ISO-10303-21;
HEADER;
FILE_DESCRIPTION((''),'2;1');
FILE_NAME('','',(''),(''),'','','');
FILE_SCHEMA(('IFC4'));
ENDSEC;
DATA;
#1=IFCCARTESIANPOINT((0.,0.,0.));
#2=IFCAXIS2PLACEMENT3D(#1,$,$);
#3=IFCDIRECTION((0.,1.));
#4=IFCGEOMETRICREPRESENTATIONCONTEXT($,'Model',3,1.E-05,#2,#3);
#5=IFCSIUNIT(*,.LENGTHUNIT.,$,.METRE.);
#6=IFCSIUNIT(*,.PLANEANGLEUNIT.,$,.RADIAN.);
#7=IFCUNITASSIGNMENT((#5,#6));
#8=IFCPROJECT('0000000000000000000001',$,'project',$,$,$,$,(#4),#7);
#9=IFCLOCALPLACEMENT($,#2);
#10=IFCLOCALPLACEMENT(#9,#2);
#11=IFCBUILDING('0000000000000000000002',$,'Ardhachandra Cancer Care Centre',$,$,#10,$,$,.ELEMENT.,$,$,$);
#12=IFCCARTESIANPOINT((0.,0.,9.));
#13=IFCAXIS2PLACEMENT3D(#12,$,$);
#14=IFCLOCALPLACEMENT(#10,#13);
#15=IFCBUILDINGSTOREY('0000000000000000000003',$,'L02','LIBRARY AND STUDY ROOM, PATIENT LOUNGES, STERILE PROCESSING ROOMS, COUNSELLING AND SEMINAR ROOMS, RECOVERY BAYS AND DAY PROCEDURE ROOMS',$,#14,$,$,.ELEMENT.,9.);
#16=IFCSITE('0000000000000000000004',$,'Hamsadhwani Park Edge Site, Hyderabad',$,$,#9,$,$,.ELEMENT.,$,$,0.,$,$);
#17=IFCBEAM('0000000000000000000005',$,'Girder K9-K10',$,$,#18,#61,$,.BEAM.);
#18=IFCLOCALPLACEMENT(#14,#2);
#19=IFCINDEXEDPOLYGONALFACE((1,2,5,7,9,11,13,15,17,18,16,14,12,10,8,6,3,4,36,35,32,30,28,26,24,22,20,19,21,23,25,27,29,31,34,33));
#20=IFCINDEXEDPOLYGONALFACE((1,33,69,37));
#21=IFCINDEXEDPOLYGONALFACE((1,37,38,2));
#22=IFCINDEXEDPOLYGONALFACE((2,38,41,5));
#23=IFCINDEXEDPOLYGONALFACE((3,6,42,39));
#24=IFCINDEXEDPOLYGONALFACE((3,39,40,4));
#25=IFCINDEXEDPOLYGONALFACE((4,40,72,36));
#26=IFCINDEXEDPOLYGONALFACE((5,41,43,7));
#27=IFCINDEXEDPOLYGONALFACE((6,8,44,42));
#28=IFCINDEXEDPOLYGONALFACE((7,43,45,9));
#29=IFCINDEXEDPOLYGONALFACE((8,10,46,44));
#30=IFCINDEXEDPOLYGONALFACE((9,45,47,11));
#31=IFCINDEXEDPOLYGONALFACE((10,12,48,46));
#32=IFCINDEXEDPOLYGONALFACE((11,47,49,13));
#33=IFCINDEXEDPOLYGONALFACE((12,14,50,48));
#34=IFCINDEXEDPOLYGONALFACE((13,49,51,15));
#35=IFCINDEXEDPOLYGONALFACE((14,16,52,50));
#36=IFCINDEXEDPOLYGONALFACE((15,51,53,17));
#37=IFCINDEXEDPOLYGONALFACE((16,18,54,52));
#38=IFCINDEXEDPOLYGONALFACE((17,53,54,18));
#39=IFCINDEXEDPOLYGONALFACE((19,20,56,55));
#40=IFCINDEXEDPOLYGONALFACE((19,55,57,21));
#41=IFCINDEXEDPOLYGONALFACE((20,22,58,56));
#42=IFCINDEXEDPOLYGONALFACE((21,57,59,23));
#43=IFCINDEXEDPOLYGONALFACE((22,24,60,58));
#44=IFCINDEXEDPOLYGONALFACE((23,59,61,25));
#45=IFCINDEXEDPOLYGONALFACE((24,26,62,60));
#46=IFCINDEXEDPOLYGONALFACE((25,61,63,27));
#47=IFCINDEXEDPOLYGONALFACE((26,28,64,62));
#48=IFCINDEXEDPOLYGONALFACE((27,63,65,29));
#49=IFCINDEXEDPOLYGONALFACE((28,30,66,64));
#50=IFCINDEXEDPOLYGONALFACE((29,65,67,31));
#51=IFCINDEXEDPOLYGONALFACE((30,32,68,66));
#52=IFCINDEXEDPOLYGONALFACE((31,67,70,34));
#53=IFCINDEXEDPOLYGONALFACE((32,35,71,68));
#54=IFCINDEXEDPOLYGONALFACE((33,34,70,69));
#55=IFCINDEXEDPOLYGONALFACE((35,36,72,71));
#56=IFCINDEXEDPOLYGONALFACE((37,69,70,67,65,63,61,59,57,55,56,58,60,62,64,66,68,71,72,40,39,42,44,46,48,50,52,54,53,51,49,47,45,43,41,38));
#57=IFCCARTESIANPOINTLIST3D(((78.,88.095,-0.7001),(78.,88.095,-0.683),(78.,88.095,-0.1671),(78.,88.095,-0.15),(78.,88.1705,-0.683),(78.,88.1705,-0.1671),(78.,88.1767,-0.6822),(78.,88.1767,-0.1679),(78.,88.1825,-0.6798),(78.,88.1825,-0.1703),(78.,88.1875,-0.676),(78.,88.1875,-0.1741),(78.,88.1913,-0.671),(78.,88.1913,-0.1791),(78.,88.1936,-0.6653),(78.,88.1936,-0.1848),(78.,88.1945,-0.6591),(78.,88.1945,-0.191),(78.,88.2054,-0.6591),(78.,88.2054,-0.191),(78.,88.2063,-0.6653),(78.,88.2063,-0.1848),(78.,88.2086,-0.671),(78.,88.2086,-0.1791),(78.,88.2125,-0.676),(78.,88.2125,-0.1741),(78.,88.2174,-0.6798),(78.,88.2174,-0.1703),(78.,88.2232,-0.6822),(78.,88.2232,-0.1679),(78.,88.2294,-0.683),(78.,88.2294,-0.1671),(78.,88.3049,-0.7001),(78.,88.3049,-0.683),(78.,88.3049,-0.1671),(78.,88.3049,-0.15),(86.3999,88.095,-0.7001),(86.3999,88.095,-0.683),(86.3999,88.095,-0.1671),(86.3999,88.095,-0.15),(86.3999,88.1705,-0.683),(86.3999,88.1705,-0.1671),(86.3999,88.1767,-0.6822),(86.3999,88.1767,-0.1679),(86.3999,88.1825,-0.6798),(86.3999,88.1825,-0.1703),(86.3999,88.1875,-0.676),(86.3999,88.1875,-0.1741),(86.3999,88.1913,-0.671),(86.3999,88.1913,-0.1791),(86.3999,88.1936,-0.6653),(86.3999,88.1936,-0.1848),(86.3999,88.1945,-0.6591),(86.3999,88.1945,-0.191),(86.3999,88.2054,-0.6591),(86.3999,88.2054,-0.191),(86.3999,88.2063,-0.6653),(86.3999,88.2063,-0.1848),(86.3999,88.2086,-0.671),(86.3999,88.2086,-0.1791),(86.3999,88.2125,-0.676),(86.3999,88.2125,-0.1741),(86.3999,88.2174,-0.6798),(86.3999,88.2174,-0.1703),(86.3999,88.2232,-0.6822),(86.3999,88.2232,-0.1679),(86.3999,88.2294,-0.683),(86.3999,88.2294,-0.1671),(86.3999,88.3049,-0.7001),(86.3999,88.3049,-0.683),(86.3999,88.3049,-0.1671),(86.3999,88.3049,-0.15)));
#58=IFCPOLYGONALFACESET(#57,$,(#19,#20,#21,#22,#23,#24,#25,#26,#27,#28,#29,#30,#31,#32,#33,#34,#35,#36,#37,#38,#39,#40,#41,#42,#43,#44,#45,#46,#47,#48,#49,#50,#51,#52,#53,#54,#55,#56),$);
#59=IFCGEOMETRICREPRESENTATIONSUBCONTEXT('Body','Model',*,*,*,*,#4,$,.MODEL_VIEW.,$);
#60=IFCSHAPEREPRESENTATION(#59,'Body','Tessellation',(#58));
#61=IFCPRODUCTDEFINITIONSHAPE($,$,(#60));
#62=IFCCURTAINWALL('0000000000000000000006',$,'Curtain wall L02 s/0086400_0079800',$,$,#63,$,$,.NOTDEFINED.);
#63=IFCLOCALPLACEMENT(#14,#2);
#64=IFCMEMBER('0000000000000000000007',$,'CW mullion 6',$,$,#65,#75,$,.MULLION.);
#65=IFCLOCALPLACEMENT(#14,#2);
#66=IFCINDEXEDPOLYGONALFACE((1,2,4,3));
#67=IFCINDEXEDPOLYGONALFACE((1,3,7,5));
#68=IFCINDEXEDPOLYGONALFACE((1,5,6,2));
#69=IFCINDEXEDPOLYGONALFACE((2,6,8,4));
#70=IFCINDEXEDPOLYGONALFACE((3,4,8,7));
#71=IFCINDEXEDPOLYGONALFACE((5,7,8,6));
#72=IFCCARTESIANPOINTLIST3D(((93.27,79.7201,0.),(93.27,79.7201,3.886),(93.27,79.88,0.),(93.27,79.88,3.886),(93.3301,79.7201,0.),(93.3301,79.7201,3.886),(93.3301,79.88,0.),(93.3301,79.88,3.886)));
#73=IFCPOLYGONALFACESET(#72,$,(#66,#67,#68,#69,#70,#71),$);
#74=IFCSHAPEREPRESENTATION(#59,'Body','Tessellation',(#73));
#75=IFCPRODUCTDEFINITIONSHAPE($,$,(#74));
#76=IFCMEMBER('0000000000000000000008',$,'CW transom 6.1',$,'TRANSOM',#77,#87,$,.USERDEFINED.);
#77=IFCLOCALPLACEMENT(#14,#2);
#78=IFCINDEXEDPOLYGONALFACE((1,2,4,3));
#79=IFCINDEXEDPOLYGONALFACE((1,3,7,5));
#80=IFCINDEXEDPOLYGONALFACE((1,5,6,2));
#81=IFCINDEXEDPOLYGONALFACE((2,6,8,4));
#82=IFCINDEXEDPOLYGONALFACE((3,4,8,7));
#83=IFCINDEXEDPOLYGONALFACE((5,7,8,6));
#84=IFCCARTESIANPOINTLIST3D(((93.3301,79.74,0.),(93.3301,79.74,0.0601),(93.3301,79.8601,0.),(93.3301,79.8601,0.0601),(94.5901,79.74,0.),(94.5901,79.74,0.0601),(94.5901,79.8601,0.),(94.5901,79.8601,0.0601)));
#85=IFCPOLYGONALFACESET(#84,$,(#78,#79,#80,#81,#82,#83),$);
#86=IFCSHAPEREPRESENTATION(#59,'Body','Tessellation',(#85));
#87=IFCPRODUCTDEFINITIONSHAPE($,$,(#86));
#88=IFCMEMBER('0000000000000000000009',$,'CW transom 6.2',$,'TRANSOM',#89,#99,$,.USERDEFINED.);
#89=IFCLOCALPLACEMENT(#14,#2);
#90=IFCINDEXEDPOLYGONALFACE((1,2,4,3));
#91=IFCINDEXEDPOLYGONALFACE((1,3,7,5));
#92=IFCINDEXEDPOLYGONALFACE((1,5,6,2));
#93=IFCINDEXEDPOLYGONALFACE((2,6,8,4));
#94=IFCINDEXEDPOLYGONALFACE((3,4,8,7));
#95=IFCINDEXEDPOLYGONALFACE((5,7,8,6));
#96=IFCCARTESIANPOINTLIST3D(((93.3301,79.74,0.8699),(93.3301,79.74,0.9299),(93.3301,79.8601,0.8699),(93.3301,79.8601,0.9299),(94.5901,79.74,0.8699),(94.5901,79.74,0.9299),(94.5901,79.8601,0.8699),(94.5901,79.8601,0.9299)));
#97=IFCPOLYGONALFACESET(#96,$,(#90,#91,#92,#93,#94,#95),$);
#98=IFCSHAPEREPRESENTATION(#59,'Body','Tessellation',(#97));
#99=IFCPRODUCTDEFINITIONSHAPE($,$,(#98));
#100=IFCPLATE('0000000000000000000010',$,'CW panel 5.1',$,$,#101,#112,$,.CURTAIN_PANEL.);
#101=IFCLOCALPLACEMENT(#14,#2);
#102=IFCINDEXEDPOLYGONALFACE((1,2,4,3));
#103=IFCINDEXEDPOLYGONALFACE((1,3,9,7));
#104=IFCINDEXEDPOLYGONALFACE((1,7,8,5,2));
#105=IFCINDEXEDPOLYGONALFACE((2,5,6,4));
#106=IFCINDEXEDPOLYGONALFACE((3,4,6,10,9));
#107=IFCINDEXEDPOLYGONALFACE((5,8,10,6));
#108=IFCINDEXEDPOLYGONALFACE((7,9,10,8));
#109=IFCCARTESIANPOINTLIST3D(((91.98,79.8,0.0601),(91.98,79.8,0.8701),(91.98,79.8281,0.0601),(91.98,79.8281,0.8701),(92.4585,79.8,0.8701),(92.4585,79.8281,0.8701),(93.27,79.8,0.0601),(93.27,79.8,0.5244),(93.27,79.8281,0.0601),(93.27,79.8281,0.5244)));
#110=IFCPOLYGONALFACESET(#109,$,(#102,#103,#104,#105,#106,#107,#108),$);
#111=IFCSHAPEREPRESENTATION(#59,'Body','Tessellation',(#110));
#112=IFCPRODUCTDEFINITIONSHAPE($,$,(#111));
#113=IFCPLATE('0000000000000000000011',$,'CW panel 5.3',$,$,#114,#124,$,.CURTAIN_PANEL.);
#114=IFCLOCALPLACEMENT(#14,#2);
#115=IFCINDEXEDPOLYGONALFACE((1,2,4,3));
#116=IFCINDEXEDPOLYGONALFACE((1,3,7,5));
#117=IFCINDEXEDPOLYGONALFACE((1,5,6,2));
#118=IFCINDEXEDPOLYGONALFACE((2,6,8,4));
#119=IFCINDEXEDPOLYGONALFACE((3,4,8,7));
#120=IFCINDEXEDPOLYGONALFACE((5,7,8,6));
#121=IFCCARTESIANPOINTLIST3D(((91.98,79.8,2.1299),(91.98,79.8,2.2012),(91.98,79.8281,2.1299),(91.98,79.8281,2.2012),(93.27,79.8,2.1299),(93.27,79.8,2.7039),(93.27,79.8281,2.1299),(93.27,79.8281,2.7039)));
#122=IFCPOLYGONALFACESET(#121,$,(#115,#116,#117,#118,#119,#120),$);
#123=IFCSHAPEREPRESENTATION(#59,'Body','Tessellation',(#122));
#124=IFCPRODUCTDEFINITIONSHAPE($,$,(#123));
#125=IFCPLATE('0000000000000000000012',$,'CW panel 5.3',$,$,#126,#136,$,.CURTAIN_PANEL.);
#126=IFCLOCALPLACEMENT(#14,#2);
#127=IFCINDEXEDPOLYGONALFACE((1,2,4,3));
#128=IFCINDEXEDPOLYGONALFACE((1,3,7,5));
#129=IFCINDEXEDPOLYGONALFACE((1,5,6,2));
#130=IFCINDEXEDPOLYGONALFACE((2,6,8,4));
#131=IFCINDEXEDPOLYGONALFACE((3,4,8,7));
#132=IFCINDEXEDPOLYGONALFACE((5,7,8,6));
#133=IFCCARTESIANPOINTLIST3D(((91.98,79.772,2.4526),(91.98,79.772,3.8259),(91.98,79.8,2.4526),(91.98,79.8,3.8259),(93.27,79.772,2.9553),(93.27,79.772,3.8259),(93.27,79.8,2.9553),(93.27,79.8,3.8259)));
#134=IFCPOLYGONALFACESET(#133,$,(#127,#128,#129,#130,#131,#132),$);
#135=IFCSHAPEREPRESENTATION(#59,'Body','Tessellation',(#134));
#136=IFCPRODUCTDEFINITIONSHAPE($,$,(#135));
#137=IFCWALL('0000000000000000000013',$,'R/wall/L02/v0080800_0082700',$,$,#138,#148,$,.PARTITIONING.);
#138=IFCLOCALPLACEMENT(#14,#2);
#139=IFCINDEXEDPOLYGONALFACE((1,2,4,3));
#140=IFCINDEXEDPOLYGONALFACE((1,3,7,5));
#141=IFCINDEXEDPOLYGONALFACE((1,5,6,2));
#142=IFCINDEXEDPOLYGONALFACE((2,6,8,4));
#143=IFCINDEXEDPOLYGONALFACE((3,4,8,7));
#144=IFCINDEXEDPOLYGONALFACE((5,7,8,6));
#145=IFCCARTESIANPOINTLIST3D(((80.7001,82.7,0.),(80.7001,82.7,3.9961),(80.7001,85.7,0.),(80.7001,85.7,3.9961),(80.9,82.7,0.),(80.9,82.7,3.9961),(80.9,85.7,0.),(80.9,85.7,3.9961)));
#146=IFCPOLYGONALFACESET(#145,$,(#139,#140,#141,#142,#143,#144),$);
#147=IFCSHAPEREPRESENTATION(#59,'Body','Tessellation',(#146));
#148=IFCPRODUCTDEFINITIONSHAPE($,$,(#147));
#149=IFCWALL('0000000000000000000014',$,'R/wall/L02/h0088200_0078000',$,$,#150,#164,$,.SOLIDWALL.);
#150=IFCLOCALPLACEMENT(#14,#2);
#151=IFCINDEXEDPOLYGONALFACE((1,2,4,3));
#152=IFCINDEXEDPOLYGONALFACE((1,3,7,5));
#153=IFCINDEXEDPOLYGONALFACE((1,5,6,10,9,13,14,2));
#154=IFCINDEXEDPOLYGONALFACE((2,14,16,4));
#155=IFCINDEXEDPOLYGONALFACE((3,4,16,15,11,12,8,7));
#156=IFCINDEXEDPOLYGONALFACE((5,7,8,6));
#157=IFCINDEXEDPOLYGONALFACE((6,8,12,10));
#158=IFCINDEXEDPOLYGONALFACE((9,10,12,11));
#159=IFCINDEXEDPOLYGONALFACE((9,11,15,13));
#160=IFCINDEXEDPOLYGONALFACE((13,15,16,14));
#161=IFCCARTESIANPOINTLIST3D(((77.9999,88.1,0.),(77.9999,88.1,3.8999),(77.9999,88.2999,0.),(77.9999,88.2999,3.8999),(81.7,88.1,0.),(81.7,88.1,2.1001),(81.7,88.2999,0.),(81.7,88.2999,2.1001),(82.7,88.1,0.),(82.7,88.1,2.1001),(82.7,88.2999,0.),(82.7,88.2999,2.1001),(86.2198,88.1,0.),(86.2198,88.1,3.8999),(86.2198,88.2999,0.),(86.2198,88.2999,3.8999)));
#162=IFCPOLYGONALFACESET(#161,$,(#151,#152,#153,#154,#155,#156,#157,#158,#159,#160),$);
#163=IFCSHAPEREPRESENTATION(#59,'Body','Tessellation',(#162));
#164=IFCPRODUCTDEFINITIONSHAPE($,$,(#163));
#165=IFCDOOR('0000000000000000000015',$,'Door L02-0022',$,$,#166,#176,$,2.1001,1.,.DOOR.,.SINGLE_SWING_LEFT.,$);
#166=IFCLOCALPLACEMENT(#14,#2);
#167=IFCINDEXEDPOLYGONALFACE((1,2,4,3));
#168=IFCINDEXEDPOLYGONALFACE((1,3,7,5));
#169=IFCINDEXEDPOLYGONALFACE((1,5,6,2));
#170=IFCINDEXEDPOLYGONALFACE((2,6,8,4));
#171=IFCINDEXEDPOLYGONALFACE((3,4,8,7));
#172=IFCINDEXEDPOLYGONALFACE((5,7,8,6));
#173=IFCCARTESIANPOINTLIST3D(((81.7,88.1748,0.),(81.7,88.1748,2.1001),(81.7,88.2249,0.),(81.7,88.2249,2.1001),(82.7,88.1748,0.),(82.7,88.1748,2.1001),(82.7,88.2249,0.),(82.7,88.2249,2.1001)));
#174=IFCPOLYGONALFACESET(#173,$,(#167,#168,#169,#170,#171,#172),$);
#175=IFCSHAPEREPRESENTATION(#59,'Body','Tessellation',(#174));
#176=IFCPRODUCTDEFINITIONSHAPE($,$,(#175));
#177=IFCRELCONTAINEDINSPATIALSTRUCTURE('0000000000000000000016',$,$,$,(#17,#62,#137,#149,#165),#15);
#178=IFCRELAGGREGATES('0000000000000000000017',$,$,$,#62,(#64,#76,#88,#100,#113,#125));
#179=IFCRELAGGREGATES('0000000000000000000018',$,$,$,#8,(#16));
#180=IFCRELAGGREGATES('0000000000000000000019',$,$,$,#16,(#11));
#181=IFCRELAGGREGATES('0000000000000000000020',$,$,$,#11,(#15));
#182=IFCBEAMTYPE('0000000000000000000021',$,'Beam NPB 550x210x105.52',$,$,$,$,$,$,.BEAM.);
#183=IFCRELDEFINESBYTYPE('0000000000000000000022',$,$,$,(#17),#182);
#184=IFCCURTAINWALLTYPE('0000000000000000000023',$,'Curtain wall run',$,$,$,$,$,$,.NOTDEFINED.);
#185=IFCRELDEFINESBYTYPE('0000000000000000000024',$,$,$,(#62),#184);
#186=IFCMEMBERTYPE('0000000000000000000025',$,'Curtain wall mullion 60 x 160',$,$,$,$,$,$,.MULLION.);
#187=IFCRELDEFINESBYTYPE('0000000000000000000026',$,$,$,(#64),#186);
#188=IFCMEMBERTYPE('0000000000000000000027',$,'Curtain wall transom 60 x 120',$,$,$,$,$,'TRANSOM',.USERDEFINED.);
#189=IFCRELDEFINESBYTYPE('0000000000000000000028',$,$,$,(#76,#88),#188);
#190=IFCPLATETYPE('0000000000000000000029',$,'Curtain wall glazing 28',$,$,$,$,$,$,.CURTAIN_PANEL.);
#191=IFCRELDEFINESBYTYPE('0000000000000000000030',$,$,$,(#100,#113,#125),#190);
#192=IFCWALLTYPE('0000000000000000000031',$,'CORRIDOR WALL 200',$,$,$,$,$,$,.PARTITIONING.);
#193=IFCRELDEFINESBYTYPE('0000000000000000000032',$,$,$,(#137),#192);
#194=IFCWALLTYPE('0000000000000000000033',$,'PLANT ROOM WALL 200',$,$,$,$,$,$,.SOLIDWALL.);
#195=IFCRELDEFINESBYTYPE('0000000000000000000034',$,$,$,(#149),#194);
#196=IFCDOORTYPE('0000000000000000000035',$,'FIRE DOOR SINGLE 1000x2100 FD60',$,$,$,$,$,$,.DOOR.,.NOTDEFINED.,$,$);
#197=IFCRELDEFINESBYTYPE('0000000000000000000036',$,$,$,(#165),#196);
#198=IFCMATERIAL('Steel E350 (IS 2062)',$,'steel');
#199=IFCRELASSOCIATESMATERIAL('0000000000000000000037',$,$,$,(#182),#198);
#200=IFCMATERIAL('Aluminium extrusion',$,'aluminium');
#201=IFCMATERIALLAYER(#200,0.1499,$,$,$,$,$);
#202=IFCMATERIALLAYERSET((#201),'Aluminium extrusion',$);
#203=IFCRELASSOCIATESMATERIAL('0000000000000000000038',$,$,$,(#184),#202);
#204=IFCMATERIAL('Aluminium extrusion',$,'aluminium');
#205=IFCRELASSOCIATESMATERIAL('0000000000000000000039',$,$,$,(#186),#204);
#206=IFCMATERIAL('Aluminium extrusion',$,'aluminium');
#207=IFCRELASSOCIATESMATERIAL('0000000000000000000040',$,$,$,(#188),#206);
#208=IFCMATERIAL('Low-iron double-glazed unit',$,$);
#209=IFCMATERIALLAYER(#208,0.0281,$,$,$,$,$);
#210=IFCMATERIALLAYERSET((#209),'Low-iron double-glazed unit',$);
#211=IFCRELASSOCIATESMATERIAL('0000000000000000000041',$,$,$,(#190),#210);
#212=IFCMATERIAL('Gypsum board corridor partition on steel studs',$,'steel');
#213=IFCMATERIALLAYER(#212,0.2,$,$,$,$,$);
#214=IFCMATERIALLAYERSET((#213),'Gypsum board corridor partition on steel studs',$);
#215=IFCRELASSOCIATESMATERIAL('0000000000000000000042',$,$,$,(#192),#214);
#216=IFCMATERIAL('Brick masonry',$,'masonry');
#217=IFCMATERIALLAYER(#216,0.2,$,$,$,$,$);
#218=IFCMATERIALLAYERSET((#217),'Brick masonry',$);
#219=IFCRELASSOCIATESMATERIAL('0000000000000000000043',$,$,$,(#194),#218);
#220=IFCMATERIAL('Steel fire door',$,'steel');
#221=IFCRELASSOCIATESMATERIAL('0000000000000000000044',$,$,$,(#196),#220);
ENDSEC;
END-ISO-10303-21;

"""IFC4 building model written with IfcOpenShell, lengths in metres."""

from ifc_helpers import new_model, si_unit, direction, frame, frame_2d, origin, origin_2d, place, context, subcontext, project, spatial, polyline, rectangle, i_section, outline, extrude, material, layer, layer_set, material_profile, profile_set, type_object, element, fill, aggregate, save


model = new_model("IFC4")

# Units and contexts
model_context = context("Model", 3, precision=1e-05, world=origin(), true_north=direction((0.0, 1.0)))
body_context = subcontext(model_context, "Body", "Model", "MODEL_VIEW")
ifc_project = project(units=[si_unit("LENGTHUNIT", "METRE"), si_unit("PLANEANGLEUNIT", "RADIAN")], contexts=[model_context])

# Site, building, storey
site_placement = place(None, origin())
site = spatial("IfcSite", under=ifc_project, at=site_placement, Name="Hamsadhwani Park Edge Site, Hyderabad", CompositionType="ELEMENT", RefElevation=0.0)
building_placement = place(site_placement, origin())
building = spatial("IfcBuilding", under=site, at=building_placement, Name="Ardhachandra Cancer Care Centre", CompositionType="ELEMENT")
storey_placement = place(building_placement, frame((0.0, 0.0, 9.0)))
storey = spatial("IfcBuildingStorey", under=building, at=storey_placement, Name="L02", Description="LIBRARY AND STUDY ROOM, PATIENT LOUNGES, STERILE PROCESSING ROOMS, COUNSELLING AND SEMINAR ROOMS, RECOVERY BAYS AND DAY PROCEDURE ROOMS", CompositionType="ELEMENT", Elevation=9.0)

# Beam
ifc_material_1 = material(Name="Steel E350 (IS 2062)", Category="steel")
ifc_material_profile_1 = material_profile(ifc_material_1, i_section(OverallWidth=0.21, OverallDepth=0.55, WebThickness=0.011, FlangeThickness=0.0171, FilletRadius=0.0239, at=origin_2d()), Name="NPB 550x210x105.52")
ifc_profile_set_1 = profile_set([ifc_material_profile_1], Name="Steel E350 (IS 2062)")
beam_type_1 = type_object("IfcBeamType", Name="Beam NPB 550x210x105.52", PredefinedType="BEAM", material=ifc_profile_set_1)
beam_placement = place(storey_placement, frame((78.0, 88.2, -0.425), z_axis=(1.0, 0.0, 0.0), x_axis=(0.0, 1.0, 0.0)))
element("IfcBeam", 1, at=beam_placement, inside=storey, type_object=beam_type_1, Name="Girder K9-K10", PredefinedType="BEAM", context=body_context, shape_type="SweptSolid", body=[
    extrude(i_section(OverallWidth=0.21, OverallDepth=0.55, WebThickness=0.011, FlangeThickness=0.0171, FilletRadius=0.0239, at=origin_2d()), origin(), (0.0, 0.0, 1.0), 8.3999),
])

# Curtain wall, members, plates
ifc_material_2 = material(Name="Aluminium extrusion", Category="aluminium")
ifc_layer_1 = layer(ifc_material_2, 0.1499)
ifc_layer_set_1 = layer_set([ifc_layer_1], Name="Aluminium extrusion")
curtain_wall_type = type_object("IfcCurtainWallType", Name="Curtain wall run", PredefinedType="NOTDEFINED", material=ifc_layer_set_1)
curtain_wall_placement = place(storey_placement, origin())
curtain_wall = element("IfcCurtainWall", 2, at=curtain_wall_placement, inside=storey, type_object=curtain_wall_type, Name="Curtain wall L02 s/0086400_0079800", PredefinedType="NOTDEFINED")
ifc_material_3 = material(Name="Aluminium extrusion", Category="aluminium")
ifc_material_profile_2 = material_profile(ifc_material_3, rectangle(XDim=0.1599, YDim=0.0601, at=origin_2d()), Name="Curtain wall mullion 60 x 160")
ifc_profile_set_2 = profile_set([ifc_material_profile_2], Name="Aluminium extrusion")
member_type_1 = type_object("IfcMemberType", Name="Curtain wall mullion 60 x 160", PredefinedType="MULLION", material=ifc_profile_set_2)
member_1_placement = place(storey_placement, frame((93.3, 79.8, 0.0), z_axis=(0.0, 0.0, 1.0), x_axis=(0.0, 1.0, 0.0)))
member_1 = element("IfcMember", 3, at=member_1_placement, type_object=member_type_1, Name="CW mullion 6", PredefinedType="MULLION", context=body_context, shape_type="SweptSolid", body=[
    extrude(rectangle(XDim=0.1599, YDim=0.0601, at=origin_2d()), origin(), (0.0, 0.0, 1.0), 3.886),
])
ifc_material_4 = material(Name="Aluminium extrusion", Category="aluminium")
ifc_material_profile_3 = material_profile(ifc_material_4, rectangle(XDim=0.1201, YDim=0.0601, at=origin_2d()), Name="Curtain wall transom 60 x 120")
ifc_profile_set_3 = profile_set([ifc_material_profile_3], Name="Aluminium extrusion")
member_type_2 = type_object("IfcMemberType", Name="Curtain wall transom 60 x 120", ElementType="TRANSOM", PredefinedType="USERDEFINED", material=ifc_profile_set_3)
member_2_placement = place(storey_placement, frame((93.3301, 79.8, 0.03), z_axis=(1.0, 0.0, 0.0), x_axis=(0.0, 1.0, 0.0)))
member_2 = element("IfcMember", 4, at=member_2_placement, type_object=member_type_2, Name="CW transom 6.1", ObjectType="TRANSOM", PredefinedType="USERDEFINED", context=body_context, shape_type="SweptSolid", body=[
    extrude(rectangle(XDim=0.1201, YDim=0.0601, at=origin_2d()), origin(), (0.0, 0.0, 1.0), 1.26),
])
member_3_placement = place(storey_placement, frame((93.3301, 79.8, 0.8999), z_axis=(1.0, 0.0, 0.0), x_axis=(0.0, 1.0, 0.0)))
member_3 = element("IfcMember", 5, at=member_3_placement, type_object=member_type_2, Name="CW transom 6.2", ObjectType="TRANSOM", PredefinedType="USERDEFINED", context=body_context, shape_type="SweptSolid", body=[
    extrude(rectangle(XDim=0.1201, YDim=0.0601, at=origin_2d()), origin(), (0.0, 0.0, 1.0), 1.26),
])
ifc_material_5 = material(Name="Low-iron double-glazed unit")
ifc_layer_2 = layer(ifc_material_5, 0.0281)
ifc_layer_set_2 = layer_set([ifc_layer_2], Name="Low-iron double-glazed unit")
plate_type = type_object("IfcPlateType", Name="Curtain wall glazing 28", PredefinedType="CURTAIN_PANEL", material=ifc_layer_set_2)
plate_1_placement = place(storey_placement, frame((93.27, 79.8, 0.0601), z_axis=(0.0, 1.0, 0.0), x_axis=(-1.0, 0.0, 0.0)))
plate_1 = element("IfcPlate", 6, at=plate_1_placement, type_object=plate_type, Name="CW panel 5.1", PredefinedType="CURTAIN_PANEL", context=body_context, shape_type="SweptSolid", body=[
    extrude(outline(polyline([(0.0, 0.0), (1.29, 0.0), (1.29, 0.8101), (0.8115, 0.8101), (0.0, 0.4644), (0.0, 0.0)])), origin(), (0.0, 0.0, 1.0), 0.0281),
])
plate_2_placement = place(storey_placement, frame((93.27, 79.8, 2.1299), z_axis=(0.0, 1.0, 0.0), x_axis=(-1.0, 0.0, 0.0)))
plate_2 = element("IfcPlate", 7, at=plate_2_placement, type_object=plate_type, Name="CW panel 5.3", PredefinedType="CURTAIN_PANEL", context=body_context, shape_type="SweptSolid", body=[
    extrude(outline(polyline([(0.0, 0.0), (1.29, 0.0), (1.29, 0.0713), (0.0, 0.574), (0.0, 0.0)])), origin(), (0.0, 0.0, 1.0), 0.0281),
])
plate_3_placement = place(storey_placement, frame((91.98, 79.8, 3.8259), z_axis=(0.0, 1.0, 0.0), x_axis=(1.0, 0.0, 0.0)))
plate_3 = element("IfcPlate", 8, at=plate_3_placement, type_object=plate_type, Name="CW panel 5.3", PredefinedType="CURTAIN_PANEL", context=body_context, shape_type="SweptSolid", body=[
    extrude(outline(polyline([(0.0, 0.0), (1.29, 0.0), (1.29, 0.8706), (0.0, 1.3733), (0.0, 0.0)])), frame((0.0, 0.0, -0.0281)), (0.0, 0.0, 1.0), 0.0281),
])
aggregate(curtain_wall, [member_1, member_2, member_3, plate_1, plate_2, plate_3])

# Wall
ifc_material_6 = material(Name="Gypsum board corridor partition on steel studs", Category="steel")
ifc_layer_3 = layer(ifc_material_6, 0.2)
ifc_layer_set_3 = layer_set([ifc_layer_3], Name="Gypsum board corridor partition on steel studs")
wall_type_1 = type_object("IfcWallType", Name="CORRIDOR WALL 200", PredefinedType="PARTITIONING", material=ifc_layer_set_3)
wall_1_placement = place(storey_placement, frame((80.8, 82.7, 0.0), z_axis=(0.0, 0.0, 1.0), x_axis=(0.0, 1.0, 0.0)))
element("IfcWall", 9, at=wall_1_placement, inside=storey, type_object=wall_type_1, Name="R/wall/L02/v0080800_0082700", PredefinedType="PARTITIONING", context=body_context, shape_type="SweptSolid", body=[
    extrude(rectangle(XDim=3.0, YDim=0.2, at=frame_2d((1.5, 0.0))), origin(), (0.0, 0.0, 1.0), 3.9961),
])

# Wall, opening, door
ifc_material_7 = material(Name="Brick masonry", Category="masonry")
ifc_layer_4 = layer(ifc_material_7, 0.2)
ifc_layer_set_4 = layer_set([ifc_layer_4], Name="Brick masonry")
wall_type_2 = type_object("IfcWallType", Name="PLANT ROOM WALL 200", PredefinedType="SOLIDWALL", material=ifc_layer_set_4)
wall_2_placement = place(storey_placement, frame((78.0, 88.2, 0.0), z_axis=(0.0, 0.0, 1.0), x_axis=(1.0, 0.0, 0.0)))
wall_2 = element("IfcWall", 10, at=wall_2_placement, inside=storey, type_object=wall_type_2, Name="R/wall/L02/h0088200_0078000", PredefinedType="SOLIDWALL", context=body_context, shape_type="SweptSolid", body=[
    extrude(rectangle(XDim=8.22, YDim=0.2, at=frame_2d((4.1099, 0.0))), origin(), (0.0, 0.0, 1.0), 3.8999),
])
opening_placement = place(wall_2_placement, frame((3.7, 0.0, 0.0)))
opening = element("IfcOpeningElement", 11, at=opening_placement, cuts=wall_2, PredefinedType="OPENING", context=body_context, shape_type="SweptSolid", body=[
    extrude(rectangle(XDim=1.0, YDim=2.1001, at=frame_2d((0.5, 1.05))), frame((0.0, 0.1099, 0.0), z_axis=(0.0, -1.0, 0.0), x_axis=(1.0, 0.0, 0.0)), (0.0, 0.0, 1.0), 0.22),
])
ifc_material_8 = material(Name="Steel fire door", Category="steel")
door_type = type_object("IfcDoorType", Name="FIRE DOOR SINGLE 1000x2100 FD60", OperationType="NOTDEFINED", PredefinedType="DOOR", material=ifc_material_8)
door_placement = place(opening_placement, origin())
door = element("IfcDoor", 12, at=door_placement, inside=storey, type_object=door_type, Name="Door L02-0022", OperationType="SINGLE_SWING_LEFT", OverallHeight=2.1001, OverallWidth=1.0, PredefinedType="DOOR", context=body_context, shape_type="SweptSolid", body=[
    extrude(rectangle(XDim=1.0, YDim=2.1001, at=frame_2d((0.5, 1.05))), frame((0.0, 0.0249, 0.0), z_axis=(0.0, -1.0, 0.0), x_axis=(1.0, 0.0, 0.0)), (0.0, 0.0, 1.0), 0.05),
])
fill(opening, door)

save(model, "model.ifc")
